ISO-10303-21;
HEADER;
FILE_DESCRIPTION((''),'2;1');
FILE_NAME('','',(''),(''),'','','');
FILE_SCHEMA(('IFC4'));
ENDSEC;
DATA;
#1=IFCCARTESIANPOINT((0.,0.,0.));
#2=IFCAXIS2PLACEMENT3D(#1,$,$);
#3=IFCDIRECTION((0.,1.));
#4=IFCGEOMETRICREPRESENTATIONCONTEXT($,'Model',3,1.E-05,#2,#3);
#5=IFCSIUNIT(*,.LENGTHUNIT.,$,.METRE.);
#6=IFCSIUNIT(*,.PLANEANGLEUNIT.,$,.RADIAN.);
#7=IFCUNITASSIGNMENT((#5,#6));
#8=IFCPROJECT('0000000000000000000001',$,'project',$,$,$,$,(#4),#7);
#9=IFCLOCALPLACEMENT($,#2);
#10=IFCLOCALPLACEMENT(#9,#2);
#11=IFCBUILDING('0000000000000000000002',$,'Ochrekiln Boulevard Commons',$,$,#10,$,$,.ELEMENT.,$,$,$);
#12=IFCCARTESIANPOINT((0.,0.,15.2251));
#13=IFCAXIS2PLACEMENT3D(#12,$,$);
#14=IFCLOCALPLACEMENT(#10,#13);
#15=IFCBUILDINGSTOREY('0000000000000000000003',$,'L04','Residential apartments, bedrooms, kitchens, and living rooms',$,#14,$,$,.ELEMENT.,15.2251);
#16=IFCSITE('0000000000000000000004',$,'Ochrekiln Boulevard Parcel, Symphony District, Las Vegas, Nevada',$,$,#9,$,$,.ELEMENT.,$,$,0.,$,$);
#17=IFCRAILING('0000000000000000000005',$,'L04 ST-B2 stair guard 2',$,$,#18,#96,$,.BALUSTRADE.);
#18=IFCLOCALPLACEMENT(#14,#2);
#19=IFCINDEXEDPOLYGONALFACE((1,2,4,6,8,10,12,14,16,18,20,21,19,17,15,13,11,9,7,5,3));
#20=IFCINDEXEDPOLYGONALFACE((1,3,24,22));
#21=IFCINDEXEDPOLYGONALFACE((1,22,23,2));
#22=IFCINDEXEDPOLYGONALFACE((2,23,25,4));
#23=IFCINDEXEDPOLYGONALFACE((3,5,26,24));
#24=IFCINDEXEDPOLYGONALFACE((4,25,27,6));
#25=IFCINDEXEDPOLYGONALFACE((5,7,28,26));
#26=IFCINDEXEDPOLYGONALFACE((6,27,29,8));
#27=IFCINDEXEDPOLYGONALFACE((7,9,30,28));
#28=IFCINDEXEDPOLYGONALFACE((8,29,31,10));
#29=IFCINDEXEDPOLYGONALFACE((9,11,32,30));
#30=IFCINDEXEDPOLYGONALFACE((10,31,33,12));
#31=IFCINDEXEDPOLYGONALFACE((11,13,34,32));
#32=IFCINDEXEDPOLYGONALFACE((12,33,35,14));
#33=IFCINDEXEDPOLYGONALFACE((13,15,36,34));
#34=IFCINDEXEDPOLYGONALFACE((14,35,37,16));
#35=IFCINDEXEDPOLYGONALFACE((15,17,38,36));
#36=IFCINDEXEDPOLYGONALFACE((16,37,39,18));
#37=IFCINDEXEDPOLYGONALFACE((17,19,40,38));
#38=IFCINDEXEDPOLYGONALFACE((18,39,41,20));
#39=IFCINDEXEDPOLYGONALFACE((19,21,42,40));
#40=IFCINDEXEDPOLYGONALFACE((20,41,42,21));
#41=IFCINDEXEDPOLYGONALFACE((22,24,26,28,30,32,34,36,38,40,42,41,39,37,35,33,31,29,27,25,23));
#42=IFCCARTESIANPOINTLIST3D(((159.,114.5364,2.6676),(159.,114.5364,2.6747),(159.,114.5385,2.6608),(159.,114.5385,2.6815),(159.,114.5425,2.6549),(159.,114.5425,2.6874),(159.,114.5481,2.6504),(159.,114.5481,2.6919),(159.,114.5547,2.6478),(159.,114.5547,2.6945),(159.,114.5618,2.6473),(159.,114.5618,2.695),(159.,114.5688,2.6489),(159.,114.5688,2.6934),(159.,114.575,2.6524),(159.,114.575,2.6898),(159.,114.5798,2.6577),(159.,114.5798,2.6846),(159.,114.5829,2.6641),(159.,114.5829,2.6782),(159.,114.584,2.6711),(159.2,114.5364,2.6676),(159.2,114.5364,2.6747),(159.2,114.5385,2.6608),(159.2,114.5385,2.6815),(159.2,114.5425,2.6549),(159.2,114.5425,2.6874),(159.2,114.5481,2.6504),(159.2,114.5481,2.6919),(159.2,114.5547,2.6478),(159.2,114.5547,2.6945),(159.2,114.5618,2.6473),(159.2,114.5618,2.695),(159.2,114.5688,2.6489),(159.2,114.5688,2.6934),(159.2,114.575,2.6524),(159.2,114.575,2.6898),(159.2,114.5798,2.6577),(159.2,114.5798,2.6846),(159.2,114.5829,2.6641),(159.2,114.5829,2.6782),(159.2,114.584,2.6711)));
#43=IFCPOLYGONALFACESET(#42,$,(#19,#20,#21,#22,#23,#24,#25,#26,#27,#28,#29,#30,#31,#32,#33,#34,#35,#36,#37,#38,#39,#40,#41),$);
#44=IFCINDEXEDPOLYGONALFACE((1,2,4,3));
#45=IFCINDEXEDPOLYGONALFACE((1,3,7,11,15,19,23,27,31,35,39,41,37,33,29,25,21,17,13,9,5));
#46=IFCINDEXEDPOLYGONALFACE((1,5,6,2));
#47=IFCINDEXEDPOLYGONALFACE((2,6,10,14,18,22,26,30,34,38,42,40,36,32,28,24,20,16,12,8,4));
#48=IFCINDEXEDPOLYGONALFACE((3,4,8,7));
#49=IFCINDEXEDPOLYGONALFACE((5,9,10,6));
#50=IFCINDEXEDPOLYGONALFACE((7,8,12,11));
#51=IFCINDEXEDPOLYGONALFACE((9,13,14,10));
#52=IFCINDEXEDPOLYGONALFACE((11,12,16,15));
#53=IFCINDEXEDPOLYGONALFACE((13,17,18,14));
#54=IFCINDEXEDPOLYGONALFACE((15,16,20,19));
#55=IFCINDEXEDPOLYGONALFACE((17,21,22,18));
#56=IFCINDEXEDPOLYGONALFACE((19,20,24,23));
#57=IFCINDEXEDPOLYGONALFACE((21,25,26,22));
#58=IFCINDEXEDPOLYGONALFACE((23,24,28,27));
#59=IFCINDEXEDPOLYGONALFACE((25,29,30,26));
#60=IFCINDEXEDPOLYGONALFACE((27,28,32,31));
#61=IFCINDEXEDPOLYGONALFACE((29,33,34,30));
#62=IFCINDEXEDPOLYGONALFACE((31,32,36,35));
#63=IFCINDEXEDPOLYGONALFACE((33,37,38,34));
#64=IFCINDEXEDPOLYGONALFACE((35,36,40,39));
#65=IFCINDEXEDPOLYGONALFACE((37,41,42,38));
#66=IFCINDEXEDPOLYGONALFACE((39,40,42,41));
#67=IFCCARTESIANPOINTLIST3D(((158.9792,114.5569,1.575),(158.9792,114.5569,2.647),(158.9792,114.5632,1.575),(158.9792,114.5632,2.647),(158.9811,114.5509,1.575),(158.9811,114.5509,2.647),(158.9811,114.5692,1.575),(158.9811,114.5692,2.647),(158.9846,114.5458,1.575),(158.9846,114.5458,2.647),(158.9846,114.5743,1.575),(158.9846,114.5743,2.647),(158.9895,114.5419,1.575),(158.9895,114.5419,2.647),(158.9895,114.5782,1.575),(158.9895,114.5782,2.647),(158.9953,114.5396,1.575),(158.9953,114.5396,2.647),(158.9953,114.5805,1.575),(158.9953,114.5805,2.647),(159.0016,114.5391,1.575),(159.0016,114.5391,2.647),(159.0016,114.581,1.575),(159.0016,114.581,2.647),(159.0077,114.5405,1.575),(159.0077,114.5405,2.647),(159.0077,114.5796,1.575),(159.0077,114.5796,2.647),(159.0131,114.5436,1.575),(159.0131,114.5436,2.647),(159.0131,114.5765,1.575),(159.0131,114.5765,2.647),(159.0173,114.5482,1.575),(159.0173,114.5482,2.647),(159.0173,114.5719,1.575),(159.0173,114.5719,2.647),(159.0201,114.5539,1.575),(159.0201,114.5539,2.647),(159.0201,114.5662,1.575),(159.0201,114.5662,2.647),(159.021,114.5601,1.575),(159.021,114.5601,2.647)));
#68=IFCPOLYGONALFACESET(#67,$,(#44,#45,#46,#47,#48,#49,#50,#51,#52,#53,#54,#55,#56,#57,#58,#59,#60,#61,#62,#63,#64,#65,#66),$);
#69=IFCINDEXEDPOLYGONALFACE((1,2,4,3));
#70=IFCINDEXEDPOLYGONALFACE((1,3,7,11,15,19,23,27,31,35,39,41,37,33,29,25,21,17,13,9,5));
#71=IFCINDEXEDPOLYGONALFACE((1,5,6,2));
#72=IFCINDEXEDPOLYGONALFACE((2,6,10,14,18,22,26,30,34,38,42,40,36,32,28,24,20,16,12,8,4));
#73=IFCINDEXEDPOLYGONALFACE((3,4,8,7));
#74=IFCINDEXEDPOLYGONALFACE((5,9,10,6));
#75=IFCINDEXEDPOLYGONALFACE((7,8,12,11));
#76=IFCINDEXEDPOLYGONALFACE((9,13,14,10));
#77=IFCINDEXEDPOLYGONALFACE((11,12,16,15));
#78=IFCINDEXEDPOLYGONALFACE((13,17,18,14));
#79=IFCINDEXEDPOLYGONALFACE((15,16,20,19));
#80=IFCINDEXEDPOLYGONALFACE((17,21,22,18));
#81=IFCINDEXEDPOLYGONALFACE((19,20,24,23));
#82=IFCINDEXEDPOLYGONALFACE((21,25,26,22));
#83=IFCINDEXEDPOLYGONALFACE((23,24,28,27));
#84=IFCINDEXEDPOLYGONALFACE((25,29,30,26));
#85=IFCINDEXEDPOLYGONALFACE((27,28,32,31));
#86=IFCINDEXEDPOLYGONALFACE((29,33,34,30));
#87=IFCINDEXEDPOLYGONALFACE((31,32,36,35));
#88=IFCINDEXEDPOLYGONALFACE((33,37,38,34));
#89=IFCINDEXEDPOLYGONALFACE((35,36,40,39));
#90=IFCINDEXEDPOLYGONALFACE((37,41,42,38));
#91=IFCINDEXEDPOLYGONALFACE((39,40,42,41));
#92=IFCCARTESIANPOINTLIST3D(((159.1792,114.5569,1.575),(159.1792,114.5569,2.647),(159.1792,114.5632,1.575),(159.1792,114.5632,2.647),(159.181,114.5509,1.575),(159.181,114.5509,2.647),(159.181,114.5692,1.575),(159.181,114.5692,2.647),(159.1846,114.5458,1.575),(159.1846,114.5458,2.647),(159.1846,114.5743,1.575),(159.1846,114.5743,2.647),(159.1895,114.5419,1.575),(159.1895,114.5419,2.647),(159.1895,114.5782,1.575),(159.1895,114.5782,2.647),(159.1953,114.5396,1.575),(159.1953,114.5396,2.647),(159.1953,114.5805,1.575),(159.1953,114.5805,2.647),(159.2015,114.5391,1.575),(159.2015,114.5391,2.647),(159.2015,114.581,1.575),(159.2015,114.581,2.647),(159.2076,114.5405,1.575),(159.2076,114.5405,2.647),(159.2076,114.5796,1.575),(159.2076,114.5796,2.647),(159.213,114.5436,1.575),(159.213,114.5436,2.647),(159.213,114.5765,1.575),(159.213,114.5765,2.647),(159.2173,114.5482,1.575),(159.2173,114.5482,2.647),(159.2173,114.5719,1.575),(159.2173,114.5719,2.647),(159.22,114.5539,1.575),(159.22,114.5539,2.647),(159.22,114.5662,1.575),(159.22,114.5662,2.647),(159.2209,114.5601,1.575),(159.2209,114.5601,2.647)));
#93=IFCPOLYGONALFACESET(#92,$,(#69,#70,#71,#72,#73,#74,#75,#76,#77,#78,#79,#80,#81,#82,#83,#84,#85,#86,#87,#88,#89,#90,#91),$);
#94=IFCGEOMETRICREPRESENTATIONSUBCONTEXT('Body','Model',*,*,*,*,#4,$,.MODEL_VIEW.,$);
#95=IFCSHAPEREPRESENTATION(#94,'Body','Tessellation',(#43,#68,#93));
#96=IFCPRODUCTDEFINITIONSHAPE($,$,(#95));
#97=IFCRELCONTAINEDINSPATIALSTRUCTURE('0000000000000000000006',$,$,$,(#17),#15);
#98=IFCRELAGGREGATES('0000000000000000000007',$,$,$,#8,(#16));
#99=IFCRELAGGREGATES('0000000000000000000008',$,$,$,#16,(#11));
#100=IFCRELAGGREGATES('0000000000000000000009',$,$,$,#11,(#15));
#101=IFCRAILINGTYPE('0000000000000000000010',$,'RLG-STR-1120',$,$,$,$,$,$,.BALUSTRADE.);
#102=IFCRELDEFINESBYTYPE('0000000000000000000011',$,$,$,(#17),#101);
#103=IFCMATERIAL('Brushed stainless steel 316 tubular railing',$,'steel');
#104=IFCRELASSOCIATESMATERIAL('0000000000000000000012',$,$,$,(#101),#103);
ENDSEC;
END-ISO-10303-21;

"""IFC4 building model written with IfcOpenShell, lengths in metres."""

from ifc_helpers import new_model, si_unit, direction, frame, origin, origin_2d, place, context, subcontext, project, spatial, circle, extrude, material, type_object, element, save


model = new_model("IFC4")

# Units and contexts
model_context = context("Model", 3, precision=1e-05, world=origin(), true_north=direction((0.0, 1.0)))
body_context = subcontext(model_context, "Body", "Model", "MODEL_VIEW")
ifc_project = project(units=[si_unit("LENGTHUNIT", "METRE"), si_unit("PLANEANGLEUNIT", "RADIAN")], contexts=[model_context])

# Site, building, storey
site_placement = place(None, origin())
site = spatial("IfcSite", under=ifc_project, at=site_placement, Name="Ochrekiln Boulevard Parcel, Symphony District, Las Vegas, Nevada", CompositionType="ELEMENT", RefElevation=0.0)
building_placement = place(site_placement, origin())
building = spatial("IfcBuilding", under=site, at=building_placement, Name="Ochrekiln Boulevard Commons", CompositionType="ELEMENT")
storey_placement = place(building_placement, frame((0.0, 0.0, 15.2251)))
storey = spatial("IfcBuildingStorey", under=building, at=storey_placement, Name="L04", Description="Residential apartments, bedrooms, kitchens, and living rooms", CompositionType="ELEMENT", Elevation=15.2251)

# Railing
ifc_material_1 = material(Name="Brushed stainless steel 316 tubular railing", Category="steel")
railing_type_1 = type_object("IfcRailingType", Name="RLG-STR-1120", PredefinedType="BALUSTRADE", material=ifc_material_1)
railing_1_placement = place(storey_placement, frame((159.0, 114.5601, 1.575)))
element("IfcRailing", 1, at=railing_1_placement, inside=storey, type_object=railing_type_1, Name="L04 ST-B2 stair guard 2", PredefinedType="BALUSTRADE", context=body_context, shape_type="SweptSolid", body=[
    extrude(circle(Radius=0.0239, at=origin_2d()), frame((0.0, 0.0, 1.0962), z_axis=(1.0, 0.0, 0.0), x_axis=(0.0, 1.0, 0.0)), (0.0, 0.0, 1.0), 0.2),
    extrude(circle(Radius=0.021, at=origin_2d()), origin(), (0.0, 0.0, 1.0), 1.072),
    extrude(circle(Radius=0.021, at=origin_2d()), frame((0.2, 0.0, 0.0)), (0.0, 0.0, 1.0), 1.072),
])

save(model, "model.ifc")
